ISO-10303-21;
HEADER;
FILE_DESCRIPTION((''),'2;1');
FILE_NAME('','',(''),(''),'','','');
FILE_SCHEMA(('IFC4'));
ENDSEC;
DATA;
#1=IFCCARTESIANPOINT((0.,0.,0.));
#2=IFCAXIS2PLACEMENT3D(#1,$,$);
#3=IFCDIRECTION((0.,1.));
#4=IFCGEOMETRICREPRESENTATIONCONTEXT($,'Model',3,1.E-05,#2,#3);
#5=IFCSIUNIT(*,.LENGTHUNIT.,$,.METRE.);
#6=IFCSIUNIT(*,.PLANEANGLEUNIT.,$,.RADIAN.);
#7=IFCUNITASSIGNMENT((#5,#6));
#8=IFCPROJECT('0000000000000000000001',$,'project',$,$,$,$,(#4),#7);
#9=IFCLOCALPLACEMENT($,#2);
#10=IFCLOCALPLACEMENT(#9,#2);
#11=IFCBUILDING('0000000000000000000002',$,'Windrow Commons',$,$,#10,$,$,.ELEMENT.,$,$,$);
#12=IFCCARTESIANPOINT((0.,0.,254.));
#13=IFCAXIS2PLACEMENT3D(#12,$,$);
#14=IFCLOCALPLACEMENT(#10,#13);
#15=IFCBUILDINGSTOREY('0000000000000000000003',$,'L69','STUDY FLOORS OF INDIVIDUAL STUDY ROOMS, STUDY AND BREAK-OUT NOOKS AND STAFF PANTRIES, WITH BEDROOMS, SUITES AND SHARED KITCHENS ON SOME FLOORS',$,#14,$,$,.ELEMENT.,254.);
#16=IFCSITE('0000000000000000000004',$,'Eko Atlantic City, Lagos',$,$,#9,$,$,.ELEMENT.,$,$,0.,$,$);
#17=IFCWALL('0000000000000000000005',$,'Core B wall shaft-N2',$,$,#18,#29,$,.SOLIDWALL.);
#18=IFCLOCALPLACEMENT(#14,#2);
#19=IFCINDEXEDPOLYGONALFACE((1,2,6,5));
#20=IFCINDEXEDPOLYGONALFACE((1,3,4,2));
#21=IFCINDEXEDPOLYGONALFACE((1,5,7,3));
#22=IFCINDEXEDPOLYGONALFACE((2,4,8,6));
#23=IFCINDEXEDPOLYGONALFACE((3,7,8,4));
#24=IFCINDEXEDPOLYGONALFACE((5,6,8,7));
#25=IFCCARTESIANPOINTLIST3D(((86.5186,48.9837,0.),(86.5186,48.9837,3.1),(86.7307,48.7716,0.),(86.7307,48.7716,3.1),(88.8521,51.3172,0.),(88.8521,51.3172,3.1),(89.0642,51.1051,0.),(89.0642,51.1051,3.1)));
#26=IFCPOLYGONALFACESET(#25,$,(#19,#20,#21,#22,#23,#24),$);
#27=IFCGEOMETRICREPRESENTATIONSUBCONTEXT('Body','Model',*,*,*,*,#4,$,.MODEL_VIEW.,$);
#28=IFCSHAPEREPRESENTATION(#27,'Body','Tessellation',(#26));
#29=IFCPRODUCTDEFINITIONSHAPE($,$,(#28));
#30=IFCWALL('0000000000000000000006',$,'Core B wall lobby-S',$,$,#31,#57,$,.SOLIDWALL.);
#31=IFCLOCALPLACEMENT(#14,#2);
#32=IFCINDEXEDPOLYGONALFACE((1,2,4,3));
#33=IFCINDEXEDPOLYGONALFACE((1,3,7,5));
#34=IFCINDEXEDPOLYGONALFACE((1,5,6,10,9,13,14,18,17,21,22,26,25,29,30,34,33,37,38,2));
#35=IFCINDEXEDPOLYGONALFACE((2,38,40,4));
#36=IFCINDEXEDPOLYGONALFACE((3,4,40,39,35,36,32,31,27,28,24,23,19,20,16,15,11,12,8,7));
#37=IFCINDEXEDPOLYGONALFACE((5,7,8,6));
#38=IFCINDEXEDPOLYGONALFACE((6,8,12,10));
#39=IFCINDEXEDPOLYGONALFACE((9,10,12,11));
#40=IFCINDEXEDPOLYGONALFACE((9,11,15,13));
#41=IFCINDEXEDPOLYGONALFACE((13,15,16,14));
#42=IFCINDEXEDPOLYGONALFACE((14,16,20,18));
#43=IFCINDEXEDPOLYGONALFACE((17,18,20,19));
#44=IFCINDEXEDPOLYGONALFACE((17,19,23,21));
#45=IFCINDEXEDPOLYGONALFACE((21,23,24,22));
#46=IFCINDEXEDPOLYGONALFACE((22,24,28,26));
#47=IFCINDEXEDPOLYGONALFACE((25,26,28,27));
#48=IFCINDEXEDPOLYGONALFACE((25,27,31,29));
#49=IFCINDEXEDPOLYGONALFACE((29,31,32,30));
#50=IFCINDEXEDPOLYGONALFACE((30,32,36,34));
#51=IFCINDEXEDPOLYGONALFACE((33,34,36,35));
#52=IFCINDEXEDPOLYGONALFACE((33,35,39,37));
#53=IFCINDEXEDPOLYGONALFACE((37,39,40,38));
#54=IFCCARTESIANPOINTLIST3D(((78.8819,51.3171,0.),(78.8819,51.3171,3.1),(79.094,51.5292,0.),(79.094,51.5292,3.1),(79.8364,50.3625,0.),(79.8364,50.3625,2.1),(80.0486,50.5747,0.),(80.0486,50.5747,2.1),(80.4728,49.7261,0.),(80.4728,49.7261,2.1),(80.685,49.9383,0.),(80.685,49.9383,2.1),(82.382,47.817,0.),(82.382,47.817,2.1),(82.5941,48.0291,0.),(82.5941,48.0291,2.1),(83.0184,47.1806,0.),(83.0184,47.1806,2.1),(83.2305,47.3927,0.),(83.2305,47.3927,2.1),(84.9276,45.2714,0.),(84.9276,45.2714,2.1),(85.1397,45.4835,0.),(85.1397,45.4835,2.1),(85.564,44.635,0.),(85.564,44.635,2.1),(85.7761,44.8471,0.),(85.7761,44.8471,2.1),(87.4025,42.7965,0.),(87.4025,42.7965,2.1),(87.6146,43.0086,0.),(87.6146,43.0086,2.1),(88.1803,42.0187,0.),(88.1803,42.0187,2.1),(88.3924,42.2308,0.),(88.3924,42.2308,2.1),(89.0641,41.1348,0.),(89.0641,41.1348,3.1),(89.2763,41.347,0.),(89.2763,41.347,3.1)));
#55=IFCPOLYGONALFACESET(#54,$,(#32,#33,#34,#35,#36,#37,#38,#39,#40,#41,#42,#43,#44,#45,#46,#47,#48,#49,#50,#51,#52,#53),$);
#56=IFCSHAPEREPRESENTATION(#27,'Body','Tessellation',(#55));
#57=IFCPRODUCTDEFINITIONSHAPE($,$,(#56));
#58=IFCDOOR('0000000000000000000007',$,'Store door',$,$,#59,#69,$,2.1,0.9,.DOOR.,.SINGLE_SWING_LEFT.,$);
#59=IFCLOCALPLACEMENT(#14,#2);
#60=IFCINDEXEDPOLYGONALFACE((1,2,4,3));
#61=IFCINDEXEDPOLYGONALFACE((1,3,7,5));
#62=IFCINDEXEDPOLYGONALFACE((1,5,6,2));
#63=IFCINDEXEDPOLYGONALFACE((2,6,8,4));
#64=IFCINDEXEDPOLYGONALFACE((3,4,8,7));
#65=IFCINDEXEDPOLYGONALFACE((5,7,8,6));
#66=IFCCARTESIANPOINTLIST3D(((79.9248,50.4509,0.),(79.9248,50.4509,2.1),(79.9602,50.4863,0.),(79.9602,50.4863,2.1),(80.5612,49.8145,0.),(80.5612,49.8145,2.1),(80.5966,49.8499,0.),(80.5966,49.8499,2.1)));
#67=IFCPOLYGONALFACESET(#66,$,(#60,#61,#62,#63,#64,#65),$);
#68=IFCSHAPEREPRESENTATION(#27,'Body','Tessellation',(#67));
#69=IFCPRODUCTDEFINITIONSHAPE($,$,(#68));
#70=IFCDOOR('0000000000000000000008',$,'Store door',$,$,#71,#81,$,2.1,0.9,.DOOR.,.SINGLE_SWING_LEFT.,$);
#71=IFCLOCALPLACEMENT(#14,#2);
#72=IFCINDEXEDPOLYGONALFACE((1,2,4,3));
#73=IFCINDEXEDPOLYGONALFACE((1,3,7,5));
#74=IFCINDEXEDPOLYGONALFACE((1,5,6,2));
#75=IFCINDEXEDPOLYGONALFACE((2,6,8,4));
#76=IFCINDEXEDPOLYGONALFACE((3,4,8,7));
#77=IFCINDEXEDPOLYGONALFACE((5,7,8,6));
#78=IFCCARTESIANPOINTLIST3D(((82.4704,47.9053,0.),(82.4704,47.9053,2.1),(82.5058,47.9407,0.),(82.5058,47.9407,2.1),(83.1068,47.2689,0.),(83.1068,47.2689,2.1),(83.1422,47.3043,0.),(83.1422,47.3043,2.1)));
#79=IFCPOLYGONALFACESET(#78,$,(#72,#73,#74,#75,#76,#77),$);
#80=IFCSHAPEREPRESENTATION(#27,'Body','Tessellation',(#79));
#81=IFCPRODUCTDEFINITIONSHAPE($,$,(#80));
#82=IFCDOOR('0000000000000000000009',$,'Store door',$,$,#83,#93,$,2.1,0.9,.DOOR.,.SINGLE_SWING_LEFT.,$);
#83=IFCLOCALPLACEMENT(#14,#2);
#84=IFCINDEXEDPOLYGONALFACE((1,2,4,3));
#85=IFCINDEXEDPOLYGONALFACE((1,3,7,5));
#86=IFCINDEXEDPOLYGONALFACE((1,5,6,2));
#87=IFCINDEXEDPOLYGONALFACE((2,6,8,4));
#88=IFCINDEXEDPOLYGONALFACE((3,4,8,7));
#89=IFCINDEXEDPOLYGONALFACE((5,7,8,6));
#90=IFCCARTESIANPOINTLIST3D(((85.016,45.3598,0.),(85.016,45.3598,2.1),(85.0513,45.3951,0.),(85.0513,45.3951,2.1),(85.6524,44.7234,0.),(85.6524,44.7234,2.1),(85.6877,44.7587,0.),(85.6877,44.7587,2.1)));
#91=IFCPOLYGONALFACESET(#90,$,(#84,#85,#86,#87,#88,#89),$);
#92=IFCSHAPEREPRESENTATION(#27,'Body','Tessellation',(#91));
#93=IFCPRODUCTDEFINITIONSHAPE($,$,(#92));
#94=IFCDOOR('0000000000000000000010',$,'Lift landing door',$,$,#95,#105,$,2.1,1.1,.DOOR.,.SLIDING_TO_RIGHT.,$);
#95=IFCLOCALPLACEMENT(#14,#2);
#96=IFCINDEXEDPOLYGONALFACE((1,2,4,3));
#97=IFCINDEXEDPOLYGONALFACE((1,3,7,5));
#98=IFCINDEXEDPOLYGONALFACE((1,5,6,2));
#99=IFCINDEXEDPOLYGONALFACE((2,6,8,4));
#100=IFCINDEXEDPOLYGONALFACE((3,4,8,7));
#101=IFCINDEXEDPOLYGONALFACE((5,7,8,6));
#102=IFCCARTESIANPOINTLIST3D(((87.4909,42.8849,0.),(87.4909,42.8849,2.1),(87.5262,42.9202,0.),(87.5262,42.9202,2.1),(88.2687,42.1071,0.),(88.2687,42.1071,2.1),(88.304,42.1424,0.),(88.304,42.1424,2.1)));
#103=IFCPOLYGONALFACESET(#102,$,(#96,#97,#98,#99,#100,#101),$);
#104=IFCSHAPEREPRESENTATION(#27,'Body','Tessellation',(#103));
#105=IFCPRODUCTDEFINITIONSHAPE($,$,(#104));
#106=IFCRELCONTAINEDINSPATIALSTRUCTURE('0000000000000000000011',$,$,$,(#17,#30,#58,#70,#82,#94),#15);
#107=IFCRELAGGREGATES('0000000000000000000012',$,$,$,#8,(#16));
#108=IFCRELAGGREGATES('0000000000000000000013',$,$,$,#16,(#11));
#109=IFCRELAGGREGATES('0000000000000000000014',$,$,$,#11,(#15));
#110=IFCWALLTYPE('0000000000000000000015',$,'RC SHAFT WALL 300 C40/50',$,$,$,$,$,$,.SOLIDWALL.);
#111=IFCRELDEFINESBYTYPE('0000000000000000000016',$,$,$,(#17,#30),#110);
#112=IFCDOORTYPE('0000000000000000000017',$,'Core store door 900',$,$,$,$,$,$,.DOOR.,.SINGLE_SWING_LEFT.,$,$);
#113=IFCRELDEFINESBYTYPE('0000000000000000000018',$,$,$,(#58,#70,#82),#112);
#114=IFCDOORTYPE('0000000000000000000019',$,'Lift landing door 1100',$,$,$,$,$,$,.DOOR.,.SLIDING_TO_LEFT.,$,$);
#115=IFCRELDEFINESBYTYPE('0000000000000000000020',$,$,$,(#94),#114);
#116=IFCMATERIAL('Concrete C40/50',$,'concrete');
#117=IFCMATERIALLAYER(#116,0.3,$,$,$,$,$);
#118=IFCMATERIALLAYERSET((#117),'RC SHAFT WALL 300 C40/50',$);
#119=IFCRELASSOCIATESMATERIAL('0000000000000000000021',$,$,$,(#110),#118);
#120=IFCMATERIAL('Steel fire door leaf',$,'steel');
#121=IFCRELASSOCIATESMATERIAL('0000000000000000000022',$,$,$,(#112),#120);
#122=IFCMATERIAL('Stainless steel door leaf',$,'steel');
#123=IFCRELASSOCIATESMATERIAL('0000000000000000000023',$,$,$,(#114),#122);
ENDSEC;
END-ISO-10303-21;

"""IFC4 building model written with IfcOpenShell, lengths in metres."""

from ifc_helpers import new_model, si_unit, direction, frame, frame_2d, origin, place, context, subcontext, project, spatial, rectangle, extrude, material, layer, layer_set, type_object, element, fill, save


model = new_model("IFC4")

# Units and contexts
model_context = context("Model", 3, precision=1e-05, world=origin(), true_north=direction((0.0, 1.0)))
body_context = subcontext(model_context, "Body", "Model", "MODEL_VIEW")
ifc_project = project(units=[si_unit("LENGTHUNIT", "METRE"), si_unit("PLANEANGLEUNIT", "RADIAN")], contexts=[model_context])

# Site, building, storey
site_placement = place(None, origin())
site = spatial("IfcSite", under=ifc_project, at=site_placement, Name="Eko Atlantic City, Lagos", CompositionType="ELEMENT", RefElevation=0.0)
building_placement = place(site_placement, origin())
building = spatial("IfcBuilding", under=site, at=building_placement, Name="Windrow Commons", CompositionType="ELEMENT")
storey_placement = place(building_placement, frame((0.0, 0.0, 254.0)))
storey = spatial("IfcBuildingStorey", under=building, at=storey_placement, Name="L69", Description="STUDY FLOORS OF INDIVIDUAL STUDY ROOMS, STUDY AND BREAK-OUT NOOKS AND STAFF PANTRIES, WITH BEDROOMS, SUITES AND SHARED KITCHENS ON SOME FLOORS", CompositionType="ELEMENT", Elevation=254.0)

# Wall
ifc_material_1 = material(Name="Concrete C40/50", Category="concrete")
ifc_layer_1 = layer(ifc_material_1, 0.3)
ifc_layer_set_1 = layer_set([ifc_layer_1], Name="RC SHAFT WALL 300 C40/50")
wall_type_1 = type_object("IfcWallType", Name="RC SHAFT WALL 300 C40/50", PredefinedType="SOLIDWALL", material=ifc_layer_set_1)
wall_1_placement = place(storey_placement, frame((86.6246, 48.8776, 0.0), z_axis=(0.0, 0.0, 1.0), x_axis=(0.707107, 0.707107, 0.0)))
element("IfcWall", 1, at=wall_1_placement, inside=storey, type_object=wall_type_1, Name="Core B wall shaft-N2", PredefinedType="SOLIDWALL", context=body_context, shape_type="SweptSolid", body=[
    extrude(rectangle(XDim=3.3001, YDim=0.3, at=frame_2d((1.6501, 0.0))), origin(), (0.0, 0.0, 1.0), 3.1),
])

# Wall, openings, doors
wall_2_placement = place(storey_placement, frame((78.9879, 51.4232, 0.0), z_axis=(0.0, 0.0, 1.0), x_axis=(0.707107, -0.707107, 0.0)))
wall_2 = element("IfcWall", 2, at=wall_2_placement, inside=storey, type_object=wall_type_1, Name="Core B wall lobby-S", PredefinedType="SOLIDWALL", context=body_context, shape_type="SweptSolid", body=[
    extrude(rectangle(XDim=14.3999, YDim=0.3, at=frame_2d((7.2, 0.0))), origin(), (0.0, 0.0, 1.0), 3.1),
])
opening_1_placement = place(wall_2_placement, frame((1.35, 0.0, 0.0)))
opening_1 = element("IfcOpeningElement", 3, at=opening_1_placement, cuts=wall_2, PredefinedType="OPENING", context=body_context, shape_type="SweptSolid", body=[
    extrude(rectangle(XDim=0.9, YDim=2.1, at=frame_2d((0.45, 1.05))), frame((0.0, 0.16, 0.0), z_axis=(0.0, -1.0, 0.0), x_axis=(1.0, 0.0, 0.0)), (0.0, 0.0, 1.0), 0.32),
])
opening_2_placement = place(wall_2_placement, frame((4.95, 0.0, 0.0)))
opening_2 = element("IfcOpeningElement", 4, at=opening_2_placement, cuts=wall_2, PredefinedType="OPENING", context=body_context, shape_type="SweptSolid", body=[
    extrude(rectangle(XDim=0.9, YDim=2.1, at=frame_2d((0.45, 1.05))), frame((0.0, 0.16, 0.0), z_axis=(0.0, -1.0, 0.0), x_axis=(1.0, 0.0, 0.0)), (0.0, 0.0, 1.0), 0.32),
])
opening_3_placement = place(wall_2_placement, frame((8.55, 0.0, 0.0)))
opening_3 = element("IfcOpeningElement", 5, at=opening_3_placement, cuts=wall_2, PredefinedType="OPENING", context=body_context, shape_type="SweptSolid", body=[
    extrude(rectangle(XDim=0.9, YDim=2.1, at=frame_2d((0.45, 1.05))), frame((0.0, 0.16, 0.0), z_axis=(0.0, -1.0, 0.0), x_axis=(1.0, 0.0, 0.0)), (0.0, 0.0, 1.0), 0.32),
])
opening_4_placement = place(wall_2_placement, frame((12.05, 0.0, 0.0)))
opening_4 = element("IfcOpeningElement", 6, at=opening_4_placement, cuts=wall_2, PredefinedType="OPENING", context=body_context, shape_type="SweptSolid", body=[
    extrude(rectangle(XDim=1.1, YDim=2.1, at=frame_2d((0.55, 1.05))), frame((0.0, 0.16, 0.0), z_axis=(0.0, -1.0, 0.0), x_axis=(1.0, 0.0, 0.0)), (0.0, 0.0, 1.0), 0.32),
])
ifc_material_2 = material(Name="Steel fire door leaf", Category="steel")
door_type_1 = type_object("IfcDoorType", Name="Core store door 900", OperationType="SINGLE_SWING_LEFT", PredefinedType="DOOR", material=ifc_material_2)
door_1_placement = place(opening_1_placement, origin())
door_1 = element("IfcDoor", 7, at=door_1_placement, inside=storey, type_object=door_type_1, Name="Store door", OperationType="SINGLE_SWING_LEFT", OverallHeight=2.1, OverallWidth=0.9, PredefinedType="DOOR", context=body_context, shape_type="SweptSolid", body=[
    extrude(rectangle(XDim=0.9, YDim=2.1, at=frame_2d((0.45, 1.05))), frame((0.0, 0.025, 0.0), z_axis=(0.0, -1.0, 0.0), x_axis=(1.0, 0.0, 0.0)), (0.0, 0.0, 1.0), 0.05),
])
fill(opening_1, door_1)
door_2_placement = place(opening_2_placement, origin())
door_2 = element("IfcDoor", 8, at=door_2_placement, inside=storey, type_object=door_type_1, Name="Store door", OperationType="SINGLE_SWING_LEFT", OverallHeight=2.1, OverallWidth=0.9, PredefinedType="DOOR", context=body_context, shape_type="SweptSolid", body=[
    extrude(rectangle(XDim=0.9, YDim=2.1, at=frame_2d((0.45, 1.05))), frame((0.0, 0.025, 0.0), z_axis=(0.0, -1.0, 0.0), x_axis=(1.0, 0.0, 0.0)), (0.0, 0.0, 1.0), 0.05),
])
fill(opening_2, door_2)
door_3_placement = place(opening_3_placement, origin())
door_3 = element("IfcDoor", 9, at=door_3_placement, inside=storey, type_object=door_type_1, Name="Store door", OperationType="SINGLE_SWING_LEFT", OverallHeight=2.1, OverallWidth=0.9, PredefinedType="DOOR", context=body_context, shape_type="SweptSolid", body=[
    extrude(rectangle(XDim=0.9, YDim=2.1, at=frame_2d((0.45, 1.05))), frame((0.0, 0.025, 0.0), z_axis=(0.0, -1.0, 0.0), x_axis=(1.0, 0.0, 0.0)), (0.0, 0.0, 1.0), 0.05),
])
fill(opening_3, door_3)
ifc_material_3 = material(Name="Stainless steel door leaf", Category="steel")
door_type_2 = type_object("IfcDoorType", Name="Lift landing door 1100", OperationType="SLIDING_TO_LEFT", PredefinedType="DOOR", material=ifc_material_3)
door_4_placement = place(opening_4_placement, origin())
door_4 = element("IfcDoor", 10, at=door_4_placement, inside=storey, type_object=door_type_2, Name="Lift landing door", OperationType="SLIDING_TO_RIGHT", OverallHeight=2.1, OverallWidth=1.1, PredefinedType="DOOR", context=body_context, shape_type="SweptSolid", body=[
    extrude(rectangle(XDim=1.1, YDim=2.1, at=frame_2d((0.55, 1.05))), frame((0.0, 0.025, 0.0), z_axis=(0.0, -1.0, 0.0), x_axis=(1.0, 0.0, 0.0)), (0.0, 0.0, 1.0), 0.05),
])
fill(opening_4, door_4)

save(model, "model.ifc")
